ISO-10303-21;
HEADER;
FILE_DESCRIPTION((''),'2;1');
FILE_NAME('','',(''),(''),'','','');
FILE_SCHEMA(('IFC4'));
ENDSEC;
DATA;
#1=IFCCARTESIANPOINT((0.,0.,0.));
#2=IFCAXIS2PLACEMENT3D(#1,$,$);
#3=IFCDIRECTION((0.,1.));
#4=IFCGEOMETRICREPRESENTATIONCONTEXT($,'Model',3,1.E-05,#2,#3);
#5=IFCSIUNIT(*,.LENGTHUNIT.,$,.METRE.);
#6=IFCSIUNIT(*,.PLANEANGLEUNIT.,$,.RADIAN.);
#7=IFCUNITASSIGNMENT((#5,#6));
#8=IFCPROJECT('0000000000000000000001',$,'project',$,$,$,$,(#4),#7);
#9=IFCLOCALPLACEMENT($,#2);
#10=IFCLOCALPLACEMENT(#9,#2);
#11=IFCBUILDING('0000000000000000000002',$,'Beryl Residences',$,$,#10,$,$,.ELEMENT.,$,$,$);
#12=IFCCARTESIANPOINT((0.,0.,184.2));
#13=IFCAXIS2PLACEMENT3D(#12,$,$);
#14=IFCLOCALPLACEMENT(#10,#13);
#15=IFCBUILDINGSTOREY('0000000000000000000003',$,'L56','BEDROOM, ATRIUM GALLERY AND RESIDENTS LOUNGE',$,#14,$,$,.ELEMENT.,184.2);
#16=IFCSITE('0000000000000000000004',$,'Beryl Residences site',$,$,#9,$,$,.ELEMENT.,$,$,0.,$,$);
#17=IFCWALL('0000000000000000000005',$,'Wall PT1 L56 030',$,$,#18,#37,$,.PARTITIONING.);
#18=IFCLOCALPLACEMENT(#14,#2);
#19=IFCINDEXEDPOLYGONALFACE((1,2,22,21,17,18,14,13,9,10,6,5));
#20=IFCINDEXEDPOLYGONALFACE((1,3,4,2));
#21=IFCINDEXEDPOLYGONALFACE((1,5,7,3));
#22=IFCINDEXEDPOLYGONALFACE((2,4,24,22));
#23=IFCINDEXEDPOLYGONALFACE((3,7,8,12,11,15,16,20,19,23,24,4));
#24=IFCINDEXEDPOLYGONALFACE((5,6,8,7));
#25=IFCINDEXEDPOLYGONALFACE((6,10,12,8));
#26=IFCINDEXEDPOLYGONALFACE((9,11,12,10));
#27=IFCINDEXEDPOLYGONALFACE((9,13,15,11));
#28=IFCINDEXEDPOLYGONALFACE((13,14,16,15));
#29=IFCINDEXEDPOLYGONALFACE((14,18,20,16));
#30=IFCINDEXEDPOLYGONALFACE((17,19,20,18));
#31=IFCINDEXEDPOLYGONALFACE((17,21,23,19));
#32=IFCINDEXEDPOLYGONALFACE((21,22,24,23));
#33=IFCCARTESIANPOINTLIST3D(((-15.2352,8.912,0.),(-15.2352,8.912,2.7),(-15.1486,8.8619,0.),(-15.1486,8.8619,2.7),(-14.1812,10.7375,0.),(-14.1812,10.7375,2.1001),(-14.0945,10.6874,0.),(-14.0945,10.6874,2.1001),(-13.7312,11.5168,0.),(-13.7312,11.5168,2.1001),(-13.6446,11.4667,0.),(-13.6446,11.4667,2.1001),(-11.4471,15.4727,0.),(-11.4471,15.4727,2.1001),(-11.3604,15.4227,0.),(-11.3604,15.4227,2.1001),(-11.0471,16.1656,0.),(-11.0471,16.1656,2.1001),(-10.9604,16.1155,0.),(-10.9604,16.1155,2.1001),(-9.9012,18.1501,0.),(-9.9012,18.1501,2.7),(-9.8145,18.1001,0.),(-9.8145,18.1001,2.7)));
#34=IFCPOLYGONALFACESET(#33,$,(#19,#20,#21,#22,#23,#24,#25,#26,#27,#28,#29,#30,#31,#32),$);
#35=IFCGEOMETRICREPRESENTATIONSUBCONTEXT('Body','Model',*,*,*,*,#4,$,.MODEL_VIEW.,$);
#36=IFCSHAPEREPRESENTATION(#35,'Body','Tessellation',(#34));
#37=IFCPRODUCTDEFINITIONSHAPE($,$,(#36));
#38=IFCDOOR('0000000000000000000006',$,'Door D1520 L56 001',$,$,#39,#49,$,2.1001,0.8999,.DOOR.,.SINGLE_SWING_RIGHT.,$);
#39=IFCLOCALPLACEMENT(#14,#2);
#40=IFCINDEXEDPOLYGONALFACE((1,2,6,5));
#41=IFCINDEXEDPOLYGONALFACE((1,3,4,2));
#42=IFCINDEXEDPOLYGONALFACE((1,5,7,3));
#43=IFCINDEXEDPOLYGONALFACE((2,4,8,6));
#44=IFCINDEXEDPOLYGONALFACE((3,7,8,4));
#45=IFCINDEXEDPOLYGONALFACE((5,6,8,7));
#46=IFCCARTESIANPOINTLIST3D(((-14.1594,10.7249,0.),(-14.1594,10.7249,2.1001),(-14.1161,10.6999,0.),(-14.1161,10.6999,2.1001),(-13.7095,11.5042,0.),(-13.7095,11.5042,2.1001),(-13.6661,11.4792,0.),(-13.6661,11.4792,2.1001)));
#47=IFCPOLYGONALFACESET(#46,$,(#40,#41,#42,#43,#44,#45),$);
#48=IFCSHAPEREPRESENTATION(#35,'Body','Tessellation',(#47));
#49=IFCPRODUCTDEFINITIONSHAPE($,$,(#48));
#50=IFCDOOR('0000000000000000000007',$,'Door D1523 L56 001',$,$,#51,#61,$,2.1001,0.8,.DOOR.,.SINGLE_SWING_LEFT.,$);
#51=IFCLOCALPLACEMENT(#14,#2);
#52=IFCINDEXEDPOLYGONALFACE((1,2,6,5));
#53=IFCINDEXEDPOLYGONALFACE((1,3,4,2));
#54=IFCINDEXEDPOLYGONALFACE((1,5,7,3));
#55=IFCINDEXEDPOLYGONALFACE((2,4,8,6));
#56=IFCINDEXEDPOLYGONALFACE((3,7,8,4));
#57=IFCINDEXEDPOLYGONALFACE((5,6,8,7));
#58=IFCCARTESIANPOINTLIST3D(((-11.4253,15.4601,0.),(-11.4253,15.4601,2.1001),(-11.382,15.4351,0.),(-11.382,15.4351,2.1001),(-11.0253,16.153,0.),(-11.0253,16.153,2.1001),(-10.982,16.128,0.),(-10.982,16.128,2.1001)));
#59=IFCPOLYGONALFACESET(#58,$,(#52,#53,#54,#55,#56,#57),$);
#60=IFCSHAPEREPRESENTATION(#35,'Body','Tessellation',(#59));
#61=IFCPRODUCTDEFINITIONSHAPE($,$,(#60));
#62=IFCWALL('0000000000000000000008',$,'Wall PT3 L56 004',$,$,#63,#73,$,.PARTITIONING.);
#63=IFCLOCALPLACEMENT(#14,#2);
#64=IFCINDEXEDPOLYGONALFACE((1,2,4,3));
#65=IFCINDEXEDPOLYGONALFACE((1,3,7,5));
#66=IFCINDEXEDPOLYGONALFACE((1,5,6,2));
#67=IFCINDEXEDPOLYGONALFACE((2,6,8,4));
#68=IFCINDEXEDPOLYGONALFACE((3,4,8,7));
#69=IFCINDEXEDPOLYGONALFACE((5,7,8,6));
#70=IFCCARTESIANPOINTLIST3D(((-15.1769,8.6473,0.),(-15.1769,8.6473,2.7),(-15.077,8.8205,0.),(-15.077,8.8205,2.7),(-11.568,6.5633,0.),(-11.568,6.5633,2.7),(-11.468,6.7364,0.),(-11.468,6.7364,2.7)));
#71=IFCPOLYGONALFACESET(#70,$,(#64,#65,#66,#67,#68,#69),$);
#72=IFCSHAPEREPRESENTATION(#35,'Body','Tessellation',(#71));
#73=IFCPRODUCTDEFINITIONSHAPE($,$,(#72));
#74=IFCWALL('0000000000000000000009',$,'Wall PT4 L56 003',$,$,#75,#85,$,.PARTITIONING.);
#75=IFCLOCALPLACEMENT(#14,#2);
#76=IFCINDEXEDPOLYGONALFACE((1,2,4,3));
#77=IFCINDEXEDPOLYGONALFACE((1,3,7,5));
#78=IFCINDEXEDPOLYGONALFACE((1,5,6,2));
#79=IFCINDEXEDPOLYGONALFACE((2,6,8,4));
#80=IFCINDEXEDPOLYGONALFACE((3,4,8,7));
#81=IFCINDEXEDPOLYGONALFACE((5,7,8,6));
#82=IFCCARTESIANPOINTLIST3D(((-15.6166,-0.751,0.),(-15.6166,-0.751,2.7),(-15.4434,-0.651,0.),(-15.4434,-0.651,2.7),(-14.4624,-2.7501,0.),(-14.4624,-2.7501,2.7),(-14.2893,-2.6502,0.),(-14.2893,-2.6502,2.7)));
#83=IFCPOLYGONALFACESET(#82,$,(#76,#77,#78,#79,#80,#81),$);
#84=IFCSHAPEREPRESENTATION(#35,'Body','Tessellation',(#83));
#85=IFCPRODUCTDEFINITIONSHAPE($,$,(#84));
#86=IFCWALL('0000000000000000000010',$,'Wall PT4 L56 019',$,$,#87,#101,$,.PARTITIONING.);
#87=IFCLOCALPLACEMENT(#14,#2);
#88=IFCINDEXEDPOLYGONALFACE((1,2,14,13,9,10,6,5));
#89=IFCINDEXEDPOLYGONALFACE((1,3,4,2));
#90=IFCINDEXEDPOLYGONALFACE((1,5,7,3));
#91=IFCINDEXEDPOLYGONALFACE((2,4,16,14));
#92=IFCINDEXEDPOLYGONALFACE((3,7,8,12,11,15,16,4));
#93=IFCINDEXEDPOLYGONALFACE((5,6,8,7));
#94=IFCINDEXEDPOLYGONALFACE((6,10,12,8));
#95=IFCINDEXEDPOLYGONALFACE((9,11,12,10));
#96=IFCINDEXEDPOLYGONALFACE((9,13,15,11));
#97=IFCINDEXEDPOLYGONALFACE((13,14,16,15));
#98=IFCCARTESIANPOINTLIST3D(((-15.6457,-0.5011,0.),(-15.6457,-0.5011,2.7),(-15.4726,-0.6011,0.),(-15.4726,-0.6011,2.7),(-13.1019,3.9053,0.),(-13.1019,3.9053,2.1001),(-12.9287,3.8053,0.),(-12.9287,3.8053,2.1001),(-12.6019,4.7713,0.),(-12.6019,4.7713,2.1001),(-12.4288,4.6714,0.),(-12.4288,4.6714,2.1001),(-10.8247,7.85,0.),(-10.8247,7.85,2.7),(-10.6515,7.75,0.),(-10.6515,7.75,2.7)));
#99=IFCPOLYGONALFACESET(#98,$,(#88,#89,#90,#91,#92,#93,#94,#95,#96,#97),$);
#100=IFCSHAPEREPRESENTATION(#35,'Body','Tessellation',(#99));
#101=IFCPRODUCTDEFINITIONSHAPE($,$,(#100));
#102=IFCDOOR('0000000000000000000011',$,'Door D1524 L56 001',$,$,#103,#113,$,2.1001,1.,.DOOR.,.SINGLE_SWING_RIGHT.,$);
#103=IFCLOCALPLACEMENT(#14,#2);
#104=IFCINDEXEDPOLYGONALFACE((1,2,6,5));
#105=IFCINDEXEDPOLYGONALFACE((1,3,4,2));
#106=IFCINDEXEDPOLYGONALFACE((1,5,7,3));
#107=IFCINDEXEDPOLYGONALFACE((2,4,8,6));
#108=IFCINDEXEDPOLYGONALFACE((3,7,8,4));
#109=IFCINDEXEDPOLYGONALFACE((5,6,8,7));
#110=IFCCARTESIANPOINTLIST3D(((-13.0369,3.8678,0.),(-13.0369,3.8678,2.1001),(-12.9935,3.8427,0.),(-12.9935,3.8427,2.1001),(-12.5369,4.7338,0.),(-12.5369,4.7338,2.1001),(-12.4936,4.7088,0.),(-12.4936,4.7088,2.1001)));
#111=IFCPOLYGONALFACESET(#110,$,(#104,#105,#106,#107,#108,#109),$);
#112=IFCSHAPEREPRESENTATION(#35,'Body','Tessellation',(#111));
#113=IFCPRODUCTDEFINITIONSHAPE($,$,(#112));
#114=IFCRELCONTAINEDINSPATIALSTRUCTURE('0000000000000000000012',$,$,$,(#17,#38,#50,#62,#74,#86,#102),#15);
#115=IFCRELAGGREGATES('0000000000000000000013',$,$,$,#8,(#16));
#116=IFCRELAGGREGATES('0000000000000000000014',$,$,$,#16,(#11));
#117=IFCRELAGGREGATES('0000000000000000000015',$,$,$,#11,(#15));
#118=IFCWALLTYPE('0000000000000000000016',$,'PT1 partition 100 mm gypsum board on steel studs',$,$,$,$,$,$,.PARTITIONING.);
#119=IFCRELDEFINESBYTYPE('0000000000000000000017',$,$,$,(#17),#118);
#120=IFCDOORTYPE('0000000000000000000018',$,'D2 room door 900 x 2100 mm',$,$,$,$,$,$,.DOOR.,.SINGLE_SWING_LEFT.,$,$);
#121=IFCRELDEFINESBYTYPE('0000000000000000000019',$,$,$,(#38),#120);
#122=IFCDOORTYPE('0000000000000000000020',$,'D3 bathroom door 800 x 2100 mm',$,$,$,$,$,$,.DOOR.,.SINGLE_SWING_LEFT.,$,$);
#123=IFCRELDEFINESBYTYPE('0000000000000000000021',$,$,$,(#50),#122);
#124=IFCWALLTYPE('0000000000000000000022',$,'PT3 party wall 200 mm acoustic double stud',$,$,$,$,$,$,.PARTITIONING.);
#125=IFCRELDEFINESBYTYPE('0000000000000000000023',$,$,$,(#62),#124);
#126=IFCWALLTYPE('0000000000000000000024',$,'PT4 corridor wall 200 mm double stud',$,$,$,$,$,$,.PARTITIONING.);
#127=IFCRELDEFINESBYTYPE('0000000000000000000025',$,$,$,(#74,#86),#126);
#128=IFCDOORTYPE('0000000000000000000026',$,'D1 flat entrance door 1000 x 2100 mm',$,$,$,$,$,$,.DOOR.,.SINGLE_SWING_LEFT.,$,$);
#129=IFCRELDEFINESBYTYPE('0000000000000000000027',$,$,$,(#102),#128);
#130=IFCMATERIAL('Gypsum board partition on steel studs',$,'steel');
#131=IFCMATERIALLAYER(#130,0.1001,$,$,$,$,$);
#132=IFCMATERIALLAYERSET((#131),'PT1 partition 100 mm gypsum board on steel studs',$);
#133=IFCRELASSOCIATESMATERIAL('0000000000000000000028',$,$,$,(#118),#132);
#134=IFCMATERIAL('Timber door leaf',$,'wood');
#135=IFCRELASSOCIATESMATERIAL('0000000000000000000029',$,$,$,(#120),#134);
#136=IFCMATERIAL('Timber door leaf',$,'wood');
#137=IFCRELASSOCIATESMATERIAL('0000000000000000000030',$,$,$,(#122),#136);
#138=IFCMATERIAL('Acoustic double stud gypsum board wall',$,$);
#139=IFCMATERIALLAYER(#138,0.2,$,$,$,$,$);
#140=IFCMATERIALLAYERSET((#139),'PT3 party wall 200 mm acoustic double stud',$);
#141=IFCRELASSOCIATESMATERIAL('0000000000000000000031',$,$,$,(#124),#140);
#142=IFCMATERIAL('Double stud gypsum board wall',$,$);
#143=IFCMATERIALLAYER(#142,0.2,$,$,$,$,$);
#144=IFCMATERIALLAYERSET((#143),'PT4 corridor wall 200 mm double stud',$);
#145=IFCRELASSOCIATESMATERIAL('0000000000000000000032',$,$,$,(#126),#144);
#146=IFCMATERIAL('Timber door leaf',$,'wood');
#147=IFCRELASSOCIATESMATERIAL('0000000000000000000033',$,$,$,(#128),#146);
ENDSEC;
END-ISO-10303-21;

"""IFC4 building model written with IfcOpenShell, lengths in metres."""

from ifc_helpers import new_model, si_unit, direction, frame, frame_2d, origin, place, context, subcontext, project, spatial, rectangle, extrude, material, layer, layer_set, type_object, element, fill, save


model = new_model("IFC4")

# Units and contexts
model_context = context("Model", 3, precision=1e-05, world=origin(), true_north=direction((0.0, 1.0)))
body_context = subcontext(model_context, "Body", "Model", "MODEL_VIEW")
ifc_project = project(units=[si_unit("LENGTHUNIT", "METRE"), si_unit("PLANEANGLEUNIT", "RADIAN")], contexts=[model_context])

# Site, building, storey
site_placement = place(None, origin())
site = spatial("IfcSite", under=ifc_project, at=site_placement, Name="Beryl Residences site", CompositionType="ELEMENT", RefElevation=0.0)
building_placement = place(site_placement, origin())
building = spatial("IfcBuilding", under=site, at=building_placement, Name="Beryl Residences", CompositionType="ELEMENT")
storey_placement = place(building_placement, frame((0.0, 0.0, 184.2)))
storey = spatial("IfcBuildingStorey", under=building, at=storey_placement, Name="L56", Description="BEDROOM, ATRIUM GALLERY AND RESIDENTS LOUNGE", CompositionType="ELEMENT", Elevation=184.2)

# Shared definitions
ifc_material_1 = material(Name="Gypsum board partition on steel studs", Category="steel")
ifc_layer_1 = layer(ifc_material_1, 0.1001)
ifc_layer_set_1 = layer_set([ifc_layer_1], Name="PT1 partition 100 mm gypsum board on steel studs")
wall_type_1 = type_object("IfcWallType", Name="PT1 partition 100 mm gypsum board on steel studs", PredefinedType="PARTITIONING", material=ifc_layer_set_1)
ifc_material_2 = material(Name="Timber door leaf", Category="wood")
door_type_1 = type_object("IfcDoorType", Name="D2 room door 900 x 2100 mm", OperationType="SINGLE_SWING_LEFT", PredefinedType="DOOR", material=ifc_material_2)
ifc_material_3 = material(Name="Timber door leaf", Category="wood")
door_type_2 = type_object("IfcDoorType", Name="D3 bathroom door 800 x 2100 mm", OperationType="SINGLE_SWING_LEFT", PredefinedType="DOOR", material=ifc_material_3)

# Wall, openings, doors
wall_1_placement = place(storey_placement, frame((-15.1919, 8.887, 0.0), z_axis=(0.0, 0.0, 1.0), x_axis=(0.500028, 0.866009, 0.0)))
wall_1 = element("IfcWall", 1, at=wall_1_placement, inside=storey, type_object=wall_type_1, Name="Wall PT1 L56 030", PredefinedType="PARTITIONING", context=body_context, shape_type="SweptSolid", body=[
    extrude(rectangle(XDim=10.6675, YDim=0.1001, at=frame_2d((5.3337, 0.0))), origin(), (0.0, 0.0, 1.0), 2.7),
])
opening_1_placement = place(wall_1_placement, frame((2.1079, 0.0, 0.0)))
opening_1 = element("IfcOpeningElement", 2, at=opening_1_placement, cuts=wall_1, PredefinedType="OPENING", context=body_context, shape_type="SweptSolid", body=[
    extrude(rectangle(XDim=0.8999, YDim=2.1001, at=frame_2d((0.45, 1.05))), frame((0.0, 0.0601, 0.0), z_axis=(0.0, -1.0, 0.0), x_axis=(1.0, 0.0, 0.0)), (0.0, 0.0, 1.0), 0.1201),
])
opening_2_placement = place(wall_1_placement, frame((7.5759, 0.0, 0.0)))
opening_2 = element("IfcOpeningElement", 3, at=opening_2_placement, cuts=wall_1, PredefinedType="OPENING", context=body_context, shape_type="SweptSolid", body=[
    extrude(rectangle(XDim=0.8, YDim=2.1001, at=frame_2d((0.3999, 1.05))), frame((0.0, 0.0601, 0.0), z_axis=(0.0, -1.0, 0.0), x_axis=(1.0, 0.0, 0.0)), (0.0, 0.0, 1.0), 0.1201),
])
door_1_placement = place(opening_1_placement, origin())
door_1 = element("IfcDoor", 4, at=door_1_placement, inside=storey, type_object=door_type_1, Name="Door D1520 L56 001", OperationType="SINGLE_SWING_RIGHT", OverallHeight=2.1001, OverallWidth=0.8999, PredefinedType="DOOR", context=body_context, shape_type="SweptSolid", body=[
    extrude(rectangle(XDim=0.8999, YDim=2.1001, at=frame_2d((0.45, 1.05))), frame((0.0, 0.0249, 0.0), z_axis=(0.0, -1.0, 0.0), x_axis=(1.0, 0.0, 0.0)), (0.0, 0.0, 1.0), 0.05),
])
fill(opening_1, door_1)
door_2_placement = place(opening_2_placement, origin())
door_2 = element("IfcDoor", 5, at=door_2_placement, inside=storey, type_object=door_type_2, Name="Door D1523 L56 001", OperationType="SINGLE_SWING_LEFT", OverallHeight=2.1001, OverallWidth=0.8, PredefinedType="DOOR", context=body_context, shape_type="SweptSolid", body=[
    extrude(rectangle(XDim=0.8, YDim=2.1001, at=frame_2d((0.3999, 1.05))), frame((0.0, 0.0249, 0.0), z_axis=(0.0, -1.0, 0.0), x_axis=(1.0, 0.0, 0.0)), (0.0, 0.0, 1.0), 0.05),
])
fill(opening_2, door_2)

# Walls
ifc_material_4 = material(Name="Acoustic double stud gypsum board wall")
ifc_layer_2 = layer(ifc_material_4, 0.2)
ifc_layer_set_2 = layer_set([ifc_layer_2], Name="PT3 party wall 200 mm acoustic double stud")
wall_type_2 = type_object("IfcWallType", Name="PT3 party wall 200 mm acoustic double stud", PredefinedType="PARTITIONING", material=ifc_layer_set_2)
wall_2_placement = place(storey_placement, frame((-15.127, 8.7339, 0.0), z_axis=(0.0, 0.0, 1.0), x_axis=(0.865985, -0.500071, 0.0)))
element("IfcWall", 6, at=wall_2_placement, inside=storey, type_object=wall_type_2, Name="Wall PT3 L56 004", PredefinedType="PARTITIONING", context=body_context, shape_type="SweptSolid", body=[
    extrude(rectangle(XDim=4.1675, YDim=0.2, at=frame_2d((2.0837, 0.0))), origin(), (0.0, 0.0, 1.0), 2.7),
])
ifc_material_5 = material(Name="Double stud gypsum board wall")
ifc_layer_3 = layer(ifc_material_5, 0.2)
ifc_layer_set_3 = layer_set([ifc_layer_3], Name="PT4 corridor wall 200 mm double stud")
wall_type_3 = type_object("IfcWallType", Name="PT4 corridor wall 200 mm double stud", PredefinedType="PARTITIONING", material=ifc_layer_set_3)
wall_3_placement = place(storey_placement, frame((-15.53, -0.7009, 0.0), z_axis=(0.0, 0.0, 1.0), x_axis=(0.499973, -0.866041, 0.0)))
element("IfcWall", 7, at=wall_3_placement, inside=storey, type_object=wall_type_3, Name="Wall PT4 L56 003", PredefinedType="PARTITIONING", context=body_context, shape_type="SweptSolid", body=[
    extrude(rectangle(XDim=2.3083, YDim=0.2, at=frame_2d((1.1543, 0.0))), origin(), (0.0, 0.0, 1.0), 2.7),
])

# Wall, opening, door
wall_4_placement = place(storey_placement, frame((-15.5591, -0.551, 0.0), z_axis=(0.0, 0.0, 1.0), x_axis=(0.499965, 0.866046, 0.0)))
wall_4 = element("IfcWall", 8, at=wall_4_placement, inside=storey, type_object=wall_type_3, Name="Wall PT4 L56 019", PredefinedType="PARTITIONING", context=body_context, shape_type="SweptSolid", body=[
    extrude(rectangle(XDim=9.6428, YDim=0.2, at=frame_2d((4.8213, 0.0))), origin(), (0.0, 0.0, 1.0), 2.7),
])
opening_3_placement = place(wall_4_placement, frame((5.0879, 0.0, 0.0)))
opening_3 = element("IfcOpeningElement", 9, at=opening_3_placement, cuts=wall_4, PredefinedType="OPENING", context=body_context, shape_type="SweptSolid", body=[
    extrude(rectangle(XDim=1.0, YDim=2.1001, at=frame_2d((0.5, 1.05))), frame((0.0, 0.1099, 0.0), z_axis=(0.0, -1.0, 0.0), x_axis=(1.0, 0.0, 0.0)), (0.0, 0.0, 1.0), 0.22),
])
ifc_material_6 = material(Name="Timber door leaf", Category="wood")
door_type_3 = type_object("IfcDoorType", Name="D1 flat entrance door 1000 x 2100 mm", OperationType="SINGLE_SWING_LEFT", PredefinedType="DOOR", material=ifc_material_6)
door_3_placement = place(opening_3_placement, origin())
door_3 = element("IfcDoor", 10, at=door_3_placement, inside=storey, type_object=door_type_3, Name="Door D1524 L56 001", OperationType="SINGLE_SWING_RIGHT", OverallHeight=2.1001, OverallWidth=1.0, PredefinedType="DOOR", context=body_context, shape_type="SweptSolid", body=[
    extrude(rectangle(XDim=1.0, YDim=2.1001, at=frame_2d((0.5, 1.05))), frame((0.0, 0.0249, 0.0), z_axis=(0.0, -1.0, 0.0), x_axis=(1.0, 0.0, 0.0)), (0.0, 0.0, 1.0), 0.05),
])
fill(opening_3, door_3)

save(model, "model.ifc")
